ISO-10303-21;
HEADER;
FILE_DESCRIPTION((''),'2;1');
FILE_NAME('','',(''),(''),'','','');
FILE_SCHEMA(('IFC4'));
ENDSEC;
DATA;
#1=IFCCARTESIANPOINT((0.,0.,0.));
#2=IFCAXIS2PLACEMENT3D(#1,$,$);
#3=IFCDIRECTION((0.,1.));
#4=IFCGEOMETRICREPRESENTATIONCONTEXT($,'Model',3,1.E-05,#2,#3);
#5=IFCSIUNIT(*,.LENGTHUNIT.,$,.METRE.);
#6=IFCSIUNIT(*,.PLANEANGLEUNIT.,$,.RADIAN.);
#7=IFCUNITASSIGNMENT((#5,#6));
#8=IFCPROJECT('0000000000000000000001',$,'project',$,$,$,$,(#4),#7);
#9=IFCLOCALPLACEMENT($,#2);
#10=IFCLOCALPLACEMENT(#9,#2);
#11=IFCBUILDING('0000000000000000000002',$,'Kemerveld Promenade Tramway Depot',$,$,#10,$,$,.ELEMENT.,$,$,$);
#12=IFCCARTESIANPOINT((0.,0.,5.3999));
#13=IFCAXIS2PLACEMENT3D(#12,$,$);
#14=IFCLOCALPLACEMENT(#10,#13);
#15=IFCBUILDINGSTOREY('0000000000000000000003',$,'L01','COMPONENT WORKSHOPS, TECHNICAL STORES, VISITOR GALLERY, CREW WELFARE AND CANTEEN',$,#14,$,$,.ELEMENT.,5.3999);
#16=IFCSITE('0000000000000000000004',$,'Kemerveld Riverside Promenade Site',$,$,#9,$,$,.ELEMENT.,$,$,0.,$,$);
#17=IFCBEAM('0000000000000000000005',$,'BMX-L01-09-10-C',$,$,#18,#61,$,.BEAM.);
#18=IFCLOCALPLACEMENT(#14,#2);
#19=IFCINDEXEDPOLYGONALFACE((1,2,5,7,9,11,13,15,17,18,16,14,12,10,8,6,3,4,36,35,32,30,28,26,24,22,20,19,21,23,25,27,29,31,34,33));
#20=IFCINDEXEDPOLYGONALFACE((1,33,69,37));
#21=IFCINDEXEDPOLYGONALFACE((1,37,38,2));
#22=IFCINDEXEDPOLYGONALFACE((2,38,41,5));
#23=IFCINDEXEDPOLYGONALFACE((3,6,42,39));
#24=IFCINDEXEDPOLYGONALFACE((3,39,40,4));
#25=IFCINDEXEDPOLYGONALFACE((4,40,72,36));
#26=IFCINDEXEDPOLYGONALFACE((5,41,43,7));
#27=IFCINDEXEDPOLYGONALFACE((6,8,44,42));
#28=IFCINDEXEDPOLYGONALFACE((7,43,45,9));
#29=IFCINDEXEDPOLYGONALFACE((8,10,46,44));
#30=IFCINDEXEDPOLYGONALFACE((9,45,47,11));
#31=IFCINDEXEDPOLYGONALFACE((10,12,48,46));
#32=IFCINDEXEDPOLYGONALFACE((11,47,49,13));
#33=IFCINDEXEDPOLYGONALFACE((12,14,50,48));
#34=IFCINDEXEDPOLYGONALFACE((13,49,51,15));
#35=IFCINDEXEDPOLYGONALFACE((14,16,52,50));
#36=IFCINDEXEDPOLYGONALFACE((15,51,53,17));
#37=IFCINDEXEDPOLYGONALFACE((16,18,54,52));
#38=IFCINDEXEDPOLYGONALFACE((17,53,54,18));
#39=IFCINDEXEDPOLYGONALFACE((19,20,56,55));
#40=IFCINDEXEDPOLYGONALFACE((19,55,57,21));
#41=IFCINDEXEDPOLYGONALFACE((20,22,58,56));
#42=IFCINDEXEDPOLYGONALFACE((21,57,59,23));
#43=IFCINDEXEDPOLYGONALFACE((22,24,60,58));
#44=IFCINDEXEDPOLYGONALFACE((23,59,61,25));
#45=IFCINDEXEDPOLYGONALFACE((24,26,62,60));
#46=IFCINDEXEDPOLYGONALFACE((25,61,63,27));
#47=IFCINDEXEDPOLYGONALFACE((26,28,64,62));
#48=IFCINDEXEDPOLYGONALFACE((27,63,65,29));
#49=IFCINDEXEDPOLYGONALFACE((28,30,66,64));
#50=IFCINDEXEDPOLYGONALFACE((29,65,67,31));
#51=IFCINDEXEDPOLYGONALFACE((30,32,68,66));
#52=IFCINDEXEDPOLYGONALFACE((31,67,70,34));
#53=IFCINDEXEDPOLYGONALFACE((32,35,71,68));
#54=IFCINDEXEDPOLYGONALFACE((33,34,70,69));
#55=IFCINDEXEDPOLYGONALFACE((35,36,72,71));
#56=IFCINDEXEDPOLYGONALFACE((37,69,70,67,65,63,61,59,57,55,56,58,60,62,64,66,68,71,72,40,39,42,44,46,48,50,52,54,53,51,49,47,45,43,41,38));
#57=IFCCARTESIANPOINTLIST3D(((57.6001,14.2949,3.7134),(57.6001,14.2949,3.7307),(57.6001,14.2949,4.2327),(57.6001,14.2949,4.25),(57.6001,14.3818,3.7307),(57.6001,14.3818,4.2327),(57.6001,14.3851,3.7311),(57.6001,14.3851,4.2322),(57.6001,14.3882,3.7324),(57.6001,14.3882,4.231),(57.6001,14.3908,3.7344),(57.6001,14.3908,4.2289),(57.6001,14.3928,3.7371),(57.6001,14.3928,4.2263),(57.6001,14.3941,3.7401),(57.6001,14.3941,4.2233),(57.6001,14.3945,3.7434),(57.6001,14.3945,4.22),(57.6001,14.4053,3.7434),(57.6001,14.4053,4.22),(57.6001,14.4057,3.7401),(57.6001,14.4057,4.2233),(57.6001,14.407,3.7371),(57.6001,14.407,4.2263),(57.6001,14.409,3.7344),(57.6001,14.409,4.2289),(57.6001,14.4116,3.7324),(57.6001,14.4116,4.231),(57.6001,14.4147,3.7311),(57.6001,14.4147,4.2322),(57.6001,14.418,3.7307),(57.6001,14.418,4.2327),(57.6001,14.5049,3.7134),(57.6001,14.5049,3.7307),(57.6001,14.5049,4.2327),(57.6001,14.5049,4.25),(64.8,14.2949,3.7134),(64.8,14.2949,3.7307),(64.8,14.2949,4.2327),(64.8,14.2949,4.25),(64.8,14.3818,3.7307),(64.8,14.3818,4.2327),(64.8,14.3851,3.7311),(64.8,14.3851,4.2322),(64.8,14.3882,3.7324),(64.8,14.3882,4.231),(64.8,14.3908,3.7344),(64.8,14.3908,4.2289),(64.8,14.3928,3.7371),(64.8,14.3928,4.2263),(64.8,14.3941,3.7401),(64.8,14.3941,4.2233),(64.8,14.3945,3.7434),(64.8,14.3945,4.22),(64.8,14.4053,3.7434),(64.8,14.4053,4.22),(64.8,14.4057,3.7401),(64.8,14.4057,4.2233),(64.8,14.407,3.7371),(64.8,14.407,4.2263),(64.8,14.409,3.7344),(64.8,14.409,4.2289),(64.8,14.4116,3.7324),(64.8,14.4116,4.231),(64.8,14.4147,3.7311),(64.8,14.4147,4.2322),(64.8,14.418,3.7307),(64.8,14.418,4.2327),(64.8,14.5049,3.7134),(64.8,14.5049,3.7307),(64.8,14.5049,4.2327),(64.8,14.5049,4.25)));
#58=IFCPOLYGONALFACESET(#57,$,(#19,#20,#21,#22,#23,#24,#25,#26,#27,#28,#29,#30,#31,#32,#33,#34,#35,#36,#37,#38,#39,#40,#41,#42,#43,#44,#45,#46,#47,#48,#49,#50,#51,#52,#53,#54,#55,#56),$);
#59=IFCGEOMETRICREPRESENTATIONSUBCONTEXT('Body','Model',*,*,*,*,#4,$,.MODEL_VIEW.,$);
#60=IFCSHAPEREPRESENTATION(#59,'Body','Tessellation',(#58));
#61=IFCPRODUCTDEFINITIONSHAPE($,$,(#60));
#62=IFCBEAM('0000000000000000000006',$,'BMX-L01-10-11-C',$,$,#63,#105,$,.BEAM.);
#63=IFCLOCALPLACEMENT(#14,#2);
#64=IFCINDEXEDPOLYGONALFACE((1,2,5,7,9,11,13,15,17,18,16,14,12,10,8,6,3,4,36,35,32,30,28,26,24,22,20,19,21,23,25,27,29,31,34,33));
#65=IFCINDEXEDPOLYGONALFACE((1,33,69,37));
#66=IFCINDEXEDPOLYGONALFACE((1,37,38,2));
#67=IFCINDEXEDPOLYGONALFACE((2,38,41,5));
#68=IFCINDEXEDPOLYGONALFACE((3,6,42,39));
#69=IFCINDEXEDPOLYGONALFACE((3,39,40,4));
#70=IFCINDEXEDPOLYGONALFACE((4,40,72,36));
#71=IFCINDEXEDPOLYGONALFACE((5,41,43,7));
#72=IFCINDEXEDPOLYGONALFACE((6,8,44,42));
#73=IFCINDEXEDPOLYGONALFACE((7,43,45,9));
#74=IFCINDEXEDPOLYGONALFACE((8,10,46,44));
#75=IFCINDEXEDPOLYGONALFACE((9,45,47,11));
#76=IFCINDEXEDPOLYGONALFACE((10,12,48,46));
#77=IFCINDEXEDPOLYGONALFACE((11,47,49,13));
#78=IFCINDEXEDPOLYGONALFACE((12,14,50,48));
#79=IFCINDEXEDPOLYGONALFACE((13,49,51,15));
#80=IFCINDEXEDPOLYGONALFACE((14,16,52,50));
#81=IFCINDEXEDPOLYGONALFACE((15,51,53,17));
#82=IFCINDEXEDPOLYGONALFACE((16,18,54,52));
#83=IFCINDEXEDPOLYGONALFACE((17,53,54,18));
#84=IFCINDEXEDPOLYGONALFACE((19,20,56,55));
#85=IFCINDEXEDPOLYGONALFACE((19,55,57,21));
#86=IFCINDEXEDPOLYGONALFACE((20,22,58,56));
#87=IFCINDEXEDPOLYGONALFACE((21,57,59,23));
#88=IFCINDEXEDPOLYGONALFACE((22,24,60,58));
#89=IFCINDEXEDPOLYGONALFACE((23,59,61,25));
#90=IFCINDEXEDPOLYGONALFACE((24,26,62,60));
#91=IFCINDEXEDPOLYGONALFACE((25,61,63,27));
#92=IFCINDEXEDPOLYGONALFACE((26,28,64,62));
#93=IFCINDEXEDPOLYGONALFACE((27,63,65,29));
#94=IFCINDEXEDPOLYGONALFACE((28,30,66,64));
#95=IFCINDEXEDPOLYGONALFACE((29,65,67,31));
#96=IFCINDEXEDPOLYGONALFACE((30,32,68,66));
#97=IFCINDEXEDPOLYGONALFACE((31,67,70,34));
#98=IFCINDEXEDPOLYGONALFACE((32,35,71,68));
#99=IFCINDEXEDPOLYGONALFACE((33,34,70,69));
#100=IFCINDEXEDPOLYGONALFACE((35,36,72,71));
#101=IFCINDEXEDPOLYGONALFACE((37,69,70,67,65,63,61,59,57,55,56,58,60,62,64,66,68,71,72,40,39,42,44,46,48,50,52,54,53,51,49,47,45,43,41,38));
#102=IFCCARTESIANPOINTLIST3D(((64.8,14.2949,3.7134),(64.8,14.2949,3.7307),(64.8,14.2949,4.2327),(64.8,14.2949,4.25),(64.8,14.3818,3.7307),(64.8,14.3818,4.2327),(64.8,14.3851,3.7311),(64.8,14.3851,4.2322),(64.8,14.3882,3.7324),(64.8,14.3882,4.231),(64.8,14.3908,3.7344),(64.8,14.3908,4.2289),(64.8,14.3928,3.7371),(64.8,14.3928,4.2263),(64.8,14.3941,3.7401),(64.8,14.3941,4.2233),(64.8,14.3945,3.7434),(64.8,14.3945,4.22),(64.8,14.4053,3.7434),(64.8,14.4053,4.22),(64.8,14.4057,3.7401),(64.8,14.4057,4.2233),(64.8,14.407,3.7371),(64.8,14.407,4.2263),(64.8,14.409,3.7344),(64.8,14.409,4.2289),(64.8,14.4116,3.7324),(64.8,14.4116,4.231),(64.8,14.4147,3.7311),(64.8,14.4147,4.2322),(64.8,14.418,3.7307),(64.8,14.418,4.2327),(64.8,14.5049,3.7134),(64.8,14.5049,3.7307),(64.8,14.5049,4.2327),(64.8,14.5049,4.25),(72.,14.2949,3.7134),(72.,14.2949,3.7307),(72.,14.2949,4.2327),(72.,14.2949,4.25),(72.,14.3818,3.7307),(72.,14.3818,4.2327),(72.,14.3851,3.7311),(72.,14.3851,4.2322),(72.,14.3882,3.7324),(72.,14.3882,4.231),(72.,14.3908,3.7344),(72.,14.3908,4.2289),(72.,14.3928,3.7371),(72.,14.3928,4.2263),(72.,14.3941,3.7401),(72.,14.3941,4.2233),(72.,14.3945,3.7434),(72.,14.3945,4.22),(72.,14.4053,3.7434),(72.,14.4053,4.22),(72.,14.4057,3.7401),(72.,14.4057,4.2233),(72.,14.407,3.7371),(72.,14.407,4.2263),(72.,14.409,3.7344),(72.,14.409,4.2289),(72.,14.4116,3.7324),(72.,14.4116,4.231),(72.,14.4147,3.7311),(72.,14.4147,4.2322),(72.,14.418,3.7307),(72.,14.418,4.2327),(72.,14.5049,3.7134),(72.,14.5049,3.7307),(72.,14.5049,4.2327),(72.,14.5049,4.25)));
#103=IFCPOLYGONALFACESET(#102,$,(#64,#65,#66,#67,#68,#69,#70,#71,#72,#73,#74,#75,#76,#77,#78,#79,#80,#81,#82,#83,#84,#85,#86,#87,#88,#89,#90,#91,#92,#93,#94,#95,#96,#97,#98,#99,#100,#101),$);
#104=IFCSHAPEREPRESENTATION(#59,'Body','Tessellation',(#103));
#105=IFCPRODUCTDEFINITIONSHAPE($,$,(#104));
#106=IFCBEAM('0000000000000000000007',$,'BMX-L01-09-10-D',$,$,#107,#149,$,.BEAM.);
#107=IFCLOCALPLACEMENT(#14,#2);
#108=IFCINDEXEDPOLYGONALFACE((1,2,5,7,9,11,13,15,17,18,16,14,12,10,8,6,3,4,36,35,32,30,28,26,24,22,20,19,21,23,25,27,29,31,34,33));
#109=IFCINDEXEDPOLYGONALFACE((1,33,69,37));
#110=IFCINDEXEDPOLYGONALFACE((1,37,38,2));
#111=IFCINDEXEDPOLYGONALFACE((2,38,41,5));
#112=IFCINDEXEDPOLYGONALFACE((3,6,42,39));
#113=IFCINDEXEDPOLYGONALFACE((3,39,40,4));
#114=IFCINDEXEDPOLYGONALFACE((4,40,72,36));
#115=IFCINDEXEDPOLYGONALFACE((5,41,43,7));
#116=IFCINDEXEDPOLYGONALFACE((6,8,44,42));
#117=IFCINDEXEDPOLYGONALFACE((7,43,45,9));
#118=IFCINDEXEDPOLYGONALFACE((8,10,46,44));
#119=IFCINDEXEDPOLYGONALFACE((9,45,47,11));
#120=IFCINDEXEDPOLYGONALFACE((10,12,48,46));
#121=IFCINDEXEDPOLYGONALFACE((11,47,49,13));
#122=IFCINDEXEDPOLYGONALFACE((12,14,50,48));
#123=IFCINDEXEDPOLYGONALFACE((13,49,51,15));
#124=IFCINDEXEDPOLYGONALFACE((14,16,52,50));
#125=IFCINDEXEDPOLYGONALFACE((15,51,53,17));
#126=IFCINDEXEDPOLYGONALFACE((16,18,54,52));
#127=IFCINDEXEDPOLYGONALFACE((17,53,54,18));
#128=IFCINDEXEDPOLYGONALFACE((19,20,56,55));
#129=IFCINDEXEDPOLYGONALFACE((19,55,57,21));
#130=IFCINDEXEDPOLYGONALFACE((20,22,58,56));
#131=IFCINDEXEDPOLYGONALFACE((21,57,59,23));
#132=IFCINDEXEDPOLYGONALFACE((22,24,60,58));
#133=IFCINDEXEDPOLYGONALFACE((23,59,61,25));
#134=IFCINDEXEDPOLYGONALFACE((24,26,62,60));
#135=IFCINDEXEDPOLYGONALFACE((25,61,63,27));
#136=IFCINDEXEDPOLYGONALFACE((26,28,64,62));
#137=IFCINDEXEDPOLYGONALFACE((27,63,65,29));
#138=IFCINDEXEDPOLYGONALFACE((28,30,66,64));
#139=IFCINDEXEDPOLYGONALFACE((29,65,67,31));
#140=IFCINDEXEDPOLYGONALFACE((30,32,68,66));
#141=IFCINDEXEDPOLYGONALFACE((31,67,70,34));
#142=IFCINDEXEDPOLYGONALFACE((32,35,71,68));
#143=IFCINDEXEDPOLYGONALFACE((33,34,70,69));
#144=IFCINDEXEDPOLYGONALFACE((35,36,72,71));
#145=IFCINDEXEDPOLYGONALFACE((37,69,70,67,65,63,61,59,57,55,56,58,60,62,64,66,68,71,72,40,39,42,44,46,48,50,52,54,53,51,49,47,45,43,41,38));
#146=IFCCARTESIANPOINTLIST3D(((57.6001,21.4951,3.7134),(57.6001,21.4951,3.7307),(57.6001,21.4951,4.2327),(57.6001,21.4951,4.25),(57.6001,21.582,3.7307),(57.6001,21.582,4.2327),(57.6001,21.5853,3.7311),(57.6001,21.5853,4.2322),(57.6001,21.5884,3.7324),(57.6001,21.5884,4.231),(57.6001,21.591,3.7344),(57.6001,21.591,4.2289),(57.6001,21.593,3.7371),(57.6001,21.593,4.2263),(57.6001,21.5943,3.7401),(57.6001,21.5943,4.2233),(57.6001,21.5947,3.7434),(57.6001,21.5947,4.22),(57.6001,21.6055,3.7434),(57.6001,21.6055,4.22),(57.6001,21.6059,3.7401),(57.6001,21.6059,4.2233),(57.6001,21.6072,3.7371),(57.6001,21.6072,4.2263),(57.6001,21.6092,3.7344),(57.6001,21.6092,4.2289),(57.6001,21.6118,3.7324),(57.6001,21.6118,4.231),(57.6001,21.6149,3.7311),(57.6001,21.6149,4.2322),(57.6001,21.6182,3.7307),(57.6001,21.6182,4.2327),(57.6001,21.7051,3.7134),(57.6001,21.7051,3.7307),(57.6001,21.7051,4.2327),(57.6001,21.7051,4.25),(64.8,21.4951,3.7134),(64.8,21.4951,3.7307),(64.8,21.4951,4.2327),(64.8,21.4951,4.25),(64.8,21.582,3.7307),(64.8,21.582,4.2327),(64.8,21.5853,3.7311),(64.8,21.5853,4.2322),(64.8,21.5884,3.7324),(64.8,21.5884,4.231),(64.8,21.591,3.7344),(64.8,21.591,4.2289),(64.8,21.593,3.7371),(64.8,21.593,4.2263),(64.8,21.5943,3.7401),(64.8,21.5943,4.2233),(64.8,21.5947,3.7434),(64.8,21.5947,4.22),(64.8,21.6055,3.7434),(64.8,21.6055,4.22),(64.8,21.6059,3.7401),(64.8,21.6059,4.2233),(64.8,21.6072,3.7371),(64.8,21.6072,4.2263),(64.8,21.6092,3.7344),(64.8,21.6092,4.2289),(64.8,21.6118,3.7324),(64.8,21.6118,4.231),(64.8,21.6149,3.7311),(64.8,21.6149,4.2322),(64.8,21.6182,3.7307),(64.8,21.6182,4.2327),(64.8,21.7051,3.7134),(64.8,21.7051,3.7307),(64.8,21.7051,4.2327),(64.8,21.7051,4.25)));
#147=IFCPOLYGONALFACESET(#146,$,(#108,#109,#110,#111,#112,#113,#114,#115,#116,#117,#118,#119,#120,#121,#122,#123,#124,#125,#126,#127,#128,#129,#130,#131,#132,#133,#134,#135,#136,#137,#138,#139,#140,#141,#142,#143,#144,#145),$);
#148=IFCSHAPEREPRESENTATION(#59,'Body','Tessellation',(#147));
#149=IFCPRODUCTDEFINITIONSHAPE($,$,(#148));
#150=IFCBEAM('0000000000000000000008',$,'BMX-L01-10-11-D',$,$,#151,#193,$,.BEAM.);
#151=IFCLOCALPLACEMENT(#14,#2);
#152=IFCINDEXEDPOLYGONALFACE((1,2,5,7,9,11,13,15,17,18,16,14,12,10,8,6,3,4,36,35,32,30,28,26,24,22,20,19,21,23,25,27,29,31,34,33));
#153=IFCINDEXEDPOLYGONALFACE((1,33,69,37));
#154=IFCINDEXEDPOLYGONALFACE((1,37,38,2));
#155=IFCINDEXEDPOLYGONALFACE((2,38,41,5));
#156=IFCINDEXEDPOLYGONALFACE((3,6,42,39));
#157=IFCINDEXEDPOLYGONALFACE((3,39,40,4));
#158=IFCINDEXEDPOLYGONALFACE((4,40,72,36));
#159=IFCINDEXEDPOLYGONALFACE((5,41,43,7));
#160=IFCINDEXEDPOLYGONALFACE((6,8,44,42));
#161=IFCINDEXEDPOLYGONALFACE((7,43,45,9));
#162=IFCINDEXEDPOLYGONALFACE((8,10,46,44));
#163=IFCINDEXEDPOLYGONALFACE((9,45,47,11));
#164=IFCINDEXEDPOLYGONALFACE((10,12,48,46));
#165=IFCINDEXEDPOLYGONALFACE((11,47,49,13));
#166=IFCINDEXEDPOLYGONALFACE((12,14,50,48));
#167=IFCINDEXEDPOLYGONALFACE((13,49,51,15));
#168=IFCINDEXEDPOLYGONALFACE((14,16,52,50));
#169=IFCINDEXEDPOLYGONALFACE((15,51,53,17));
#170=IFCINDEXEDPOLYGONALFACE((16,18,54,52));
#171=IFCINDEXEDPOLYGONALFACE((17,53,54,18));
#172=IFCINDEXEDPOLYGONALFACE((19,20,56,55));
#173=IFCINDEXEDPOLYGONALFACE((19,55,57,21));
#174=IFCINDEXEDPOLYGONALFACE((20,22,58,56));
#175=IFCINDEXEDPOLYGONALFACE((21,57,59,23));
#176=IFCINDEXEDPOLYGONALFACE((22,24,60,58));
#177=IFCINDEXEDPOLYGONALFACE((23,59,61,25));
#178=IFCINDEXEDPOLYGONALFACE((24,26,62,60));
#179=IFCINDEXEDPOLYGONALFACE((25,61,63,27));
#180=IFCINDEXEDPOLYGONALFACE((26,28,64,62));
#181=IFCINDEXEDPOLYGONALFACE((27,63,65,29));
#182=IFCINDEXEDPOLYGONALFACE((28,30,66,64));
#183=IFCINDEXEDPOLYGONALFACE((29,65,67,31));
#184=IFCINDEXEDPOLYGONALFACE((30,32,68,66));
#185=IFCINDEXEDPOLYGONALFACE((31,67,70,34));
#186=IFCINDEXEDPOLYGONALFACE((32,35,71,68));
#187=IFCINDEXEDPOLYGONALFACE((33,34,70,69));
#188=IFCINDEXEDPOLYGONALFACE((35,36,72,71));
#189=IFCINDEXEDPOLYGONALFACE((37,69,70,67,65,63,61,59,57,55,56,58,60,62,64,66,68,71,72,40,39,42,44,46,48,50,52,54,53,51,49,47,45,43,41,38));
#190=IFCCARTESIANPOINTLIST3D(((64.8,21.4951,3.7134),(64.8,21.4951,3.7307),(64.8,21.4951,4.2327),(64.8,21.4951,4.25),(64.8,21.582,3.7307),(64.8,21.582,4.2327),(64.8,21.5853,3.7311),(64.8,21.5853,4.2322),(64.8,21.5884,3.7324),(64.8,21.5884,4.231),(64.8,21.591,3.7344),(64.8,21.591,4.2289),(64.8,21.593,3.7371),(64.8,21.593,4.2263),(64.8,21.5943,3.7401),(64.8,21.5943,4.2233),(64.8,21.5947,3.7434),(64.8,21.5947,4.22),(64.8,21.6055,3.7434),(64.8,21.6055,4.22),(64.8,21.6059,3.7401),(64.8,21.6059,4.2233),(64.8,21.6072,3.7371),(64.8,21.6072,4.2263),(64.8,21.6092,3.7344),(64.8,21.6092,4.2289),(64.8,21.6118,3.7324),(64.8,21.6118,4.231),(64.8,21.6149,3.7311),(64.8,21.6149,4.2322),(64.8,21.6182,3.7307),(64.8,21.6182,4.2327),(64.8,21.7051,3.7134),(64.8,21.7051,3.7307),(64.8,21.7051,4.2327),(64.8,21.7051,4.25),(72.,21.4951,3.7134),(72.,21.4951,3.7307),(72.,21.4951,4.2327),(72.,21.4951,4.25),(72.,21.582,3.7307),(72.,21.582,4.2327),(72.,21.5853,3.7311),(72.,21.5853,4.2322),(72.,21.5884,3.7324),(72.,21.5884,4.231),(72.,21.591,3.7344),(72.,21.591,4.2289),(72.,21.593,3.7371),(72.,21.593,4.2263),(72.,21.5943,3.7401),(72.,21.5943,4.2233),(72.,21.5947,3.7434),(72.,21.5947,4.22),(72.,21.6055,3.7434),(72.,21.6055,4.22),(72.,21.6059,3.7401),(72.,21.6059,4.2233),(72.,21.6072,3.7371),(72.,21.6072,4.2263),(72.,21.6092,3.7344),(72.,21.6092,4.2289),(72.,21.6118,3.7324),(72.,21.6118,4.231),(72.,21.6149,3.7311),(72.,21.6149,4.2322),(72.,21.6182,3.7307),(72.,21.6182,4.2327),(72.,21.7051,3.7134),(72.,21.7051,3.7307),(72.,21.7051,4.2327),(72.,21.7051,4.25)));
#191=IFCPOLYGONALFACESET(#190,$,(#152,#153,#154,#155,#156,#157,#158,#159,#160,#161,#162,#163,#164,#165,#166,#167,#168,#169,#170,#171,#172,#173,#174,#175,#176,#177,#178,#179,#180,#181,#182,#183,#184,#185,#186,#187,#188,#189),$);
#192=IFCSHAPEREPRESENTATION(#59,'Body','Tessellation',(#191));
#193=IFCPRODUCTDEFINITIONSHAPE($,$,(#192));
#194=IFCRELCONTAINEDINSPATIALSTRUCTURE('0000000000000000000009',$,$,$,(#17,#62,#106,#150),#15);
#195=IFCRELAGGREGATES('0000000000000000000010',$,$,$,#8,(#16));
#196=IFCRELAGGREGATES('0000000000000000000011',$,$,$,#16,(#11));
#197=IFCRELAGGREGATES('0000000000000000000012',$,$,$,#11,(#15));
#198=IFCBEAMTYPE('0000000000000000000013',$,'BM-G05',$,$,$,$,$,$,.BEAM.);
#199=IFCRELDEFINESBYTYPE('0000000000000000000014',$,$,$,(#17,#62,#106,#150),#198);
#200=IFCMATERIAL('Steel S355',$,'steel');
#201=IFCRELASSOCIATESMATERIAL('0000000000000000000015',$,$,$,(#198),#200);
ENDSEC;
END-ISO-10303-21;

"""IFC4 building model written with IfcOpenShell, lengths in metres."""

from ifc_helpers import new_model, si_unit, direction, frame, origin, origin_2d, place, context, subcontext, project, spatial, i_section, extrude, material, material_profile, profile_set, type_object, element, save


model = new_model("IFC4")

# Units and contexts
model_context = context("Model", 3, precision=1e-05, world=origin(), true_north=direction((0.0, 1.0)))
body_context = subcontext(model_context, "Body", "Model", "MODEL_VIEW")
ifc_project = project(units=[si_unit("LENGTHUNIT", "METRE"), si_unit("PLANEANGLEUNIT", "RADIAN")], contexts=[model_context])

# Site, building, storey
site_placement = place(None, origin())
site = spatial("IfcSite", under=ifc_project, at=site_placement, Name="Kemerveld Riverside Promenade Site", CompositionType="ELEMENT", RefElevation=0.0)
building_placement = place(site_placement, origin())
building = spatial("IfcBuilding", under=site, at=building_placement, Name="Kemerveld Promenade Tramway Depot", CompositionType="ELEMENT")
storey_placement = place(building_placement, frame((0.0, 0.0, 5.3999)))
storey = spatial("IfcBuildingStorey", under=building, at=storey_placement, Name="L01", Description="COMPONENT WORKSHOPS, TECHNICAL STORES, VISITOR GALLERY, CREW WELFARE AND CANTEEN", CompositionType="ELEMENT", Elevation=5.3999)

# Shared definitions
ifc_material_1 = material(Name="Steel S355", Category="steel")

# Beams
ifc_material_profile_1 = material_profile(ifc_material_1, i_section(OverallWidth=0.21, OverallDepth=0.5366, WebThickness=0.0107, FlangeThickness=0.0173, FilletRadius=0.0127, at=origin_2d()), Name="533x210x101 UB")
ifc_profile_set_1 = profile_set([ifc_material_profile_1], Name="Steel S355")
beam_type_1 = type_object("IfcBeamType", Name="BM-G05", PredefinedType="BEAM", material=ifc_profile_set_1)
for number, where, z_axis, x_axis, name in (
    (1, (57.6001, 14.3999, 3.9817), (1.0, 0.0, 0.0), (0.0, 1.0, 0.0), "BMX-L01-09-10-C"),
    (2, (64.8, 14.3999, 3.9817), (1.0, 0.0, 0.0), (0.0, 1.0, 0.0), "BMX-L01-10-11-C"),
    (3, (57.6001, 21.6001, 3.9817), (1.0, 0.0, 0.0), (0.0, 1.0, 0.0), "BMX-L01-09-10-D"),
    (4, (64.8, 21.6001, 3.9817), (1.0, 0.0, 0.0), (0.0, 1.0, 0.0), "BMX-L01-10-11-D"),
):
    element("IfcBeam", number, at=place(storey_placement, frame(where, z_axis=z_axis, x_axis=x_axis)), inside=storey, type_object=beam_type_1, Name=name, PredefinedType="BEAM", context=body_context, shape_type="SweptSolid", body=[
        extrude(i_section(OverallWidth=0.21, OverallDepth=0.5366, WebThickness=0.0107, FlangeThickness=0.0173, FilletRadius=0.0127, at=origin_2d()), origin(), (0.0, 0.0, 1.0), 7.2),
    ])

save(model, "model.ifc")
